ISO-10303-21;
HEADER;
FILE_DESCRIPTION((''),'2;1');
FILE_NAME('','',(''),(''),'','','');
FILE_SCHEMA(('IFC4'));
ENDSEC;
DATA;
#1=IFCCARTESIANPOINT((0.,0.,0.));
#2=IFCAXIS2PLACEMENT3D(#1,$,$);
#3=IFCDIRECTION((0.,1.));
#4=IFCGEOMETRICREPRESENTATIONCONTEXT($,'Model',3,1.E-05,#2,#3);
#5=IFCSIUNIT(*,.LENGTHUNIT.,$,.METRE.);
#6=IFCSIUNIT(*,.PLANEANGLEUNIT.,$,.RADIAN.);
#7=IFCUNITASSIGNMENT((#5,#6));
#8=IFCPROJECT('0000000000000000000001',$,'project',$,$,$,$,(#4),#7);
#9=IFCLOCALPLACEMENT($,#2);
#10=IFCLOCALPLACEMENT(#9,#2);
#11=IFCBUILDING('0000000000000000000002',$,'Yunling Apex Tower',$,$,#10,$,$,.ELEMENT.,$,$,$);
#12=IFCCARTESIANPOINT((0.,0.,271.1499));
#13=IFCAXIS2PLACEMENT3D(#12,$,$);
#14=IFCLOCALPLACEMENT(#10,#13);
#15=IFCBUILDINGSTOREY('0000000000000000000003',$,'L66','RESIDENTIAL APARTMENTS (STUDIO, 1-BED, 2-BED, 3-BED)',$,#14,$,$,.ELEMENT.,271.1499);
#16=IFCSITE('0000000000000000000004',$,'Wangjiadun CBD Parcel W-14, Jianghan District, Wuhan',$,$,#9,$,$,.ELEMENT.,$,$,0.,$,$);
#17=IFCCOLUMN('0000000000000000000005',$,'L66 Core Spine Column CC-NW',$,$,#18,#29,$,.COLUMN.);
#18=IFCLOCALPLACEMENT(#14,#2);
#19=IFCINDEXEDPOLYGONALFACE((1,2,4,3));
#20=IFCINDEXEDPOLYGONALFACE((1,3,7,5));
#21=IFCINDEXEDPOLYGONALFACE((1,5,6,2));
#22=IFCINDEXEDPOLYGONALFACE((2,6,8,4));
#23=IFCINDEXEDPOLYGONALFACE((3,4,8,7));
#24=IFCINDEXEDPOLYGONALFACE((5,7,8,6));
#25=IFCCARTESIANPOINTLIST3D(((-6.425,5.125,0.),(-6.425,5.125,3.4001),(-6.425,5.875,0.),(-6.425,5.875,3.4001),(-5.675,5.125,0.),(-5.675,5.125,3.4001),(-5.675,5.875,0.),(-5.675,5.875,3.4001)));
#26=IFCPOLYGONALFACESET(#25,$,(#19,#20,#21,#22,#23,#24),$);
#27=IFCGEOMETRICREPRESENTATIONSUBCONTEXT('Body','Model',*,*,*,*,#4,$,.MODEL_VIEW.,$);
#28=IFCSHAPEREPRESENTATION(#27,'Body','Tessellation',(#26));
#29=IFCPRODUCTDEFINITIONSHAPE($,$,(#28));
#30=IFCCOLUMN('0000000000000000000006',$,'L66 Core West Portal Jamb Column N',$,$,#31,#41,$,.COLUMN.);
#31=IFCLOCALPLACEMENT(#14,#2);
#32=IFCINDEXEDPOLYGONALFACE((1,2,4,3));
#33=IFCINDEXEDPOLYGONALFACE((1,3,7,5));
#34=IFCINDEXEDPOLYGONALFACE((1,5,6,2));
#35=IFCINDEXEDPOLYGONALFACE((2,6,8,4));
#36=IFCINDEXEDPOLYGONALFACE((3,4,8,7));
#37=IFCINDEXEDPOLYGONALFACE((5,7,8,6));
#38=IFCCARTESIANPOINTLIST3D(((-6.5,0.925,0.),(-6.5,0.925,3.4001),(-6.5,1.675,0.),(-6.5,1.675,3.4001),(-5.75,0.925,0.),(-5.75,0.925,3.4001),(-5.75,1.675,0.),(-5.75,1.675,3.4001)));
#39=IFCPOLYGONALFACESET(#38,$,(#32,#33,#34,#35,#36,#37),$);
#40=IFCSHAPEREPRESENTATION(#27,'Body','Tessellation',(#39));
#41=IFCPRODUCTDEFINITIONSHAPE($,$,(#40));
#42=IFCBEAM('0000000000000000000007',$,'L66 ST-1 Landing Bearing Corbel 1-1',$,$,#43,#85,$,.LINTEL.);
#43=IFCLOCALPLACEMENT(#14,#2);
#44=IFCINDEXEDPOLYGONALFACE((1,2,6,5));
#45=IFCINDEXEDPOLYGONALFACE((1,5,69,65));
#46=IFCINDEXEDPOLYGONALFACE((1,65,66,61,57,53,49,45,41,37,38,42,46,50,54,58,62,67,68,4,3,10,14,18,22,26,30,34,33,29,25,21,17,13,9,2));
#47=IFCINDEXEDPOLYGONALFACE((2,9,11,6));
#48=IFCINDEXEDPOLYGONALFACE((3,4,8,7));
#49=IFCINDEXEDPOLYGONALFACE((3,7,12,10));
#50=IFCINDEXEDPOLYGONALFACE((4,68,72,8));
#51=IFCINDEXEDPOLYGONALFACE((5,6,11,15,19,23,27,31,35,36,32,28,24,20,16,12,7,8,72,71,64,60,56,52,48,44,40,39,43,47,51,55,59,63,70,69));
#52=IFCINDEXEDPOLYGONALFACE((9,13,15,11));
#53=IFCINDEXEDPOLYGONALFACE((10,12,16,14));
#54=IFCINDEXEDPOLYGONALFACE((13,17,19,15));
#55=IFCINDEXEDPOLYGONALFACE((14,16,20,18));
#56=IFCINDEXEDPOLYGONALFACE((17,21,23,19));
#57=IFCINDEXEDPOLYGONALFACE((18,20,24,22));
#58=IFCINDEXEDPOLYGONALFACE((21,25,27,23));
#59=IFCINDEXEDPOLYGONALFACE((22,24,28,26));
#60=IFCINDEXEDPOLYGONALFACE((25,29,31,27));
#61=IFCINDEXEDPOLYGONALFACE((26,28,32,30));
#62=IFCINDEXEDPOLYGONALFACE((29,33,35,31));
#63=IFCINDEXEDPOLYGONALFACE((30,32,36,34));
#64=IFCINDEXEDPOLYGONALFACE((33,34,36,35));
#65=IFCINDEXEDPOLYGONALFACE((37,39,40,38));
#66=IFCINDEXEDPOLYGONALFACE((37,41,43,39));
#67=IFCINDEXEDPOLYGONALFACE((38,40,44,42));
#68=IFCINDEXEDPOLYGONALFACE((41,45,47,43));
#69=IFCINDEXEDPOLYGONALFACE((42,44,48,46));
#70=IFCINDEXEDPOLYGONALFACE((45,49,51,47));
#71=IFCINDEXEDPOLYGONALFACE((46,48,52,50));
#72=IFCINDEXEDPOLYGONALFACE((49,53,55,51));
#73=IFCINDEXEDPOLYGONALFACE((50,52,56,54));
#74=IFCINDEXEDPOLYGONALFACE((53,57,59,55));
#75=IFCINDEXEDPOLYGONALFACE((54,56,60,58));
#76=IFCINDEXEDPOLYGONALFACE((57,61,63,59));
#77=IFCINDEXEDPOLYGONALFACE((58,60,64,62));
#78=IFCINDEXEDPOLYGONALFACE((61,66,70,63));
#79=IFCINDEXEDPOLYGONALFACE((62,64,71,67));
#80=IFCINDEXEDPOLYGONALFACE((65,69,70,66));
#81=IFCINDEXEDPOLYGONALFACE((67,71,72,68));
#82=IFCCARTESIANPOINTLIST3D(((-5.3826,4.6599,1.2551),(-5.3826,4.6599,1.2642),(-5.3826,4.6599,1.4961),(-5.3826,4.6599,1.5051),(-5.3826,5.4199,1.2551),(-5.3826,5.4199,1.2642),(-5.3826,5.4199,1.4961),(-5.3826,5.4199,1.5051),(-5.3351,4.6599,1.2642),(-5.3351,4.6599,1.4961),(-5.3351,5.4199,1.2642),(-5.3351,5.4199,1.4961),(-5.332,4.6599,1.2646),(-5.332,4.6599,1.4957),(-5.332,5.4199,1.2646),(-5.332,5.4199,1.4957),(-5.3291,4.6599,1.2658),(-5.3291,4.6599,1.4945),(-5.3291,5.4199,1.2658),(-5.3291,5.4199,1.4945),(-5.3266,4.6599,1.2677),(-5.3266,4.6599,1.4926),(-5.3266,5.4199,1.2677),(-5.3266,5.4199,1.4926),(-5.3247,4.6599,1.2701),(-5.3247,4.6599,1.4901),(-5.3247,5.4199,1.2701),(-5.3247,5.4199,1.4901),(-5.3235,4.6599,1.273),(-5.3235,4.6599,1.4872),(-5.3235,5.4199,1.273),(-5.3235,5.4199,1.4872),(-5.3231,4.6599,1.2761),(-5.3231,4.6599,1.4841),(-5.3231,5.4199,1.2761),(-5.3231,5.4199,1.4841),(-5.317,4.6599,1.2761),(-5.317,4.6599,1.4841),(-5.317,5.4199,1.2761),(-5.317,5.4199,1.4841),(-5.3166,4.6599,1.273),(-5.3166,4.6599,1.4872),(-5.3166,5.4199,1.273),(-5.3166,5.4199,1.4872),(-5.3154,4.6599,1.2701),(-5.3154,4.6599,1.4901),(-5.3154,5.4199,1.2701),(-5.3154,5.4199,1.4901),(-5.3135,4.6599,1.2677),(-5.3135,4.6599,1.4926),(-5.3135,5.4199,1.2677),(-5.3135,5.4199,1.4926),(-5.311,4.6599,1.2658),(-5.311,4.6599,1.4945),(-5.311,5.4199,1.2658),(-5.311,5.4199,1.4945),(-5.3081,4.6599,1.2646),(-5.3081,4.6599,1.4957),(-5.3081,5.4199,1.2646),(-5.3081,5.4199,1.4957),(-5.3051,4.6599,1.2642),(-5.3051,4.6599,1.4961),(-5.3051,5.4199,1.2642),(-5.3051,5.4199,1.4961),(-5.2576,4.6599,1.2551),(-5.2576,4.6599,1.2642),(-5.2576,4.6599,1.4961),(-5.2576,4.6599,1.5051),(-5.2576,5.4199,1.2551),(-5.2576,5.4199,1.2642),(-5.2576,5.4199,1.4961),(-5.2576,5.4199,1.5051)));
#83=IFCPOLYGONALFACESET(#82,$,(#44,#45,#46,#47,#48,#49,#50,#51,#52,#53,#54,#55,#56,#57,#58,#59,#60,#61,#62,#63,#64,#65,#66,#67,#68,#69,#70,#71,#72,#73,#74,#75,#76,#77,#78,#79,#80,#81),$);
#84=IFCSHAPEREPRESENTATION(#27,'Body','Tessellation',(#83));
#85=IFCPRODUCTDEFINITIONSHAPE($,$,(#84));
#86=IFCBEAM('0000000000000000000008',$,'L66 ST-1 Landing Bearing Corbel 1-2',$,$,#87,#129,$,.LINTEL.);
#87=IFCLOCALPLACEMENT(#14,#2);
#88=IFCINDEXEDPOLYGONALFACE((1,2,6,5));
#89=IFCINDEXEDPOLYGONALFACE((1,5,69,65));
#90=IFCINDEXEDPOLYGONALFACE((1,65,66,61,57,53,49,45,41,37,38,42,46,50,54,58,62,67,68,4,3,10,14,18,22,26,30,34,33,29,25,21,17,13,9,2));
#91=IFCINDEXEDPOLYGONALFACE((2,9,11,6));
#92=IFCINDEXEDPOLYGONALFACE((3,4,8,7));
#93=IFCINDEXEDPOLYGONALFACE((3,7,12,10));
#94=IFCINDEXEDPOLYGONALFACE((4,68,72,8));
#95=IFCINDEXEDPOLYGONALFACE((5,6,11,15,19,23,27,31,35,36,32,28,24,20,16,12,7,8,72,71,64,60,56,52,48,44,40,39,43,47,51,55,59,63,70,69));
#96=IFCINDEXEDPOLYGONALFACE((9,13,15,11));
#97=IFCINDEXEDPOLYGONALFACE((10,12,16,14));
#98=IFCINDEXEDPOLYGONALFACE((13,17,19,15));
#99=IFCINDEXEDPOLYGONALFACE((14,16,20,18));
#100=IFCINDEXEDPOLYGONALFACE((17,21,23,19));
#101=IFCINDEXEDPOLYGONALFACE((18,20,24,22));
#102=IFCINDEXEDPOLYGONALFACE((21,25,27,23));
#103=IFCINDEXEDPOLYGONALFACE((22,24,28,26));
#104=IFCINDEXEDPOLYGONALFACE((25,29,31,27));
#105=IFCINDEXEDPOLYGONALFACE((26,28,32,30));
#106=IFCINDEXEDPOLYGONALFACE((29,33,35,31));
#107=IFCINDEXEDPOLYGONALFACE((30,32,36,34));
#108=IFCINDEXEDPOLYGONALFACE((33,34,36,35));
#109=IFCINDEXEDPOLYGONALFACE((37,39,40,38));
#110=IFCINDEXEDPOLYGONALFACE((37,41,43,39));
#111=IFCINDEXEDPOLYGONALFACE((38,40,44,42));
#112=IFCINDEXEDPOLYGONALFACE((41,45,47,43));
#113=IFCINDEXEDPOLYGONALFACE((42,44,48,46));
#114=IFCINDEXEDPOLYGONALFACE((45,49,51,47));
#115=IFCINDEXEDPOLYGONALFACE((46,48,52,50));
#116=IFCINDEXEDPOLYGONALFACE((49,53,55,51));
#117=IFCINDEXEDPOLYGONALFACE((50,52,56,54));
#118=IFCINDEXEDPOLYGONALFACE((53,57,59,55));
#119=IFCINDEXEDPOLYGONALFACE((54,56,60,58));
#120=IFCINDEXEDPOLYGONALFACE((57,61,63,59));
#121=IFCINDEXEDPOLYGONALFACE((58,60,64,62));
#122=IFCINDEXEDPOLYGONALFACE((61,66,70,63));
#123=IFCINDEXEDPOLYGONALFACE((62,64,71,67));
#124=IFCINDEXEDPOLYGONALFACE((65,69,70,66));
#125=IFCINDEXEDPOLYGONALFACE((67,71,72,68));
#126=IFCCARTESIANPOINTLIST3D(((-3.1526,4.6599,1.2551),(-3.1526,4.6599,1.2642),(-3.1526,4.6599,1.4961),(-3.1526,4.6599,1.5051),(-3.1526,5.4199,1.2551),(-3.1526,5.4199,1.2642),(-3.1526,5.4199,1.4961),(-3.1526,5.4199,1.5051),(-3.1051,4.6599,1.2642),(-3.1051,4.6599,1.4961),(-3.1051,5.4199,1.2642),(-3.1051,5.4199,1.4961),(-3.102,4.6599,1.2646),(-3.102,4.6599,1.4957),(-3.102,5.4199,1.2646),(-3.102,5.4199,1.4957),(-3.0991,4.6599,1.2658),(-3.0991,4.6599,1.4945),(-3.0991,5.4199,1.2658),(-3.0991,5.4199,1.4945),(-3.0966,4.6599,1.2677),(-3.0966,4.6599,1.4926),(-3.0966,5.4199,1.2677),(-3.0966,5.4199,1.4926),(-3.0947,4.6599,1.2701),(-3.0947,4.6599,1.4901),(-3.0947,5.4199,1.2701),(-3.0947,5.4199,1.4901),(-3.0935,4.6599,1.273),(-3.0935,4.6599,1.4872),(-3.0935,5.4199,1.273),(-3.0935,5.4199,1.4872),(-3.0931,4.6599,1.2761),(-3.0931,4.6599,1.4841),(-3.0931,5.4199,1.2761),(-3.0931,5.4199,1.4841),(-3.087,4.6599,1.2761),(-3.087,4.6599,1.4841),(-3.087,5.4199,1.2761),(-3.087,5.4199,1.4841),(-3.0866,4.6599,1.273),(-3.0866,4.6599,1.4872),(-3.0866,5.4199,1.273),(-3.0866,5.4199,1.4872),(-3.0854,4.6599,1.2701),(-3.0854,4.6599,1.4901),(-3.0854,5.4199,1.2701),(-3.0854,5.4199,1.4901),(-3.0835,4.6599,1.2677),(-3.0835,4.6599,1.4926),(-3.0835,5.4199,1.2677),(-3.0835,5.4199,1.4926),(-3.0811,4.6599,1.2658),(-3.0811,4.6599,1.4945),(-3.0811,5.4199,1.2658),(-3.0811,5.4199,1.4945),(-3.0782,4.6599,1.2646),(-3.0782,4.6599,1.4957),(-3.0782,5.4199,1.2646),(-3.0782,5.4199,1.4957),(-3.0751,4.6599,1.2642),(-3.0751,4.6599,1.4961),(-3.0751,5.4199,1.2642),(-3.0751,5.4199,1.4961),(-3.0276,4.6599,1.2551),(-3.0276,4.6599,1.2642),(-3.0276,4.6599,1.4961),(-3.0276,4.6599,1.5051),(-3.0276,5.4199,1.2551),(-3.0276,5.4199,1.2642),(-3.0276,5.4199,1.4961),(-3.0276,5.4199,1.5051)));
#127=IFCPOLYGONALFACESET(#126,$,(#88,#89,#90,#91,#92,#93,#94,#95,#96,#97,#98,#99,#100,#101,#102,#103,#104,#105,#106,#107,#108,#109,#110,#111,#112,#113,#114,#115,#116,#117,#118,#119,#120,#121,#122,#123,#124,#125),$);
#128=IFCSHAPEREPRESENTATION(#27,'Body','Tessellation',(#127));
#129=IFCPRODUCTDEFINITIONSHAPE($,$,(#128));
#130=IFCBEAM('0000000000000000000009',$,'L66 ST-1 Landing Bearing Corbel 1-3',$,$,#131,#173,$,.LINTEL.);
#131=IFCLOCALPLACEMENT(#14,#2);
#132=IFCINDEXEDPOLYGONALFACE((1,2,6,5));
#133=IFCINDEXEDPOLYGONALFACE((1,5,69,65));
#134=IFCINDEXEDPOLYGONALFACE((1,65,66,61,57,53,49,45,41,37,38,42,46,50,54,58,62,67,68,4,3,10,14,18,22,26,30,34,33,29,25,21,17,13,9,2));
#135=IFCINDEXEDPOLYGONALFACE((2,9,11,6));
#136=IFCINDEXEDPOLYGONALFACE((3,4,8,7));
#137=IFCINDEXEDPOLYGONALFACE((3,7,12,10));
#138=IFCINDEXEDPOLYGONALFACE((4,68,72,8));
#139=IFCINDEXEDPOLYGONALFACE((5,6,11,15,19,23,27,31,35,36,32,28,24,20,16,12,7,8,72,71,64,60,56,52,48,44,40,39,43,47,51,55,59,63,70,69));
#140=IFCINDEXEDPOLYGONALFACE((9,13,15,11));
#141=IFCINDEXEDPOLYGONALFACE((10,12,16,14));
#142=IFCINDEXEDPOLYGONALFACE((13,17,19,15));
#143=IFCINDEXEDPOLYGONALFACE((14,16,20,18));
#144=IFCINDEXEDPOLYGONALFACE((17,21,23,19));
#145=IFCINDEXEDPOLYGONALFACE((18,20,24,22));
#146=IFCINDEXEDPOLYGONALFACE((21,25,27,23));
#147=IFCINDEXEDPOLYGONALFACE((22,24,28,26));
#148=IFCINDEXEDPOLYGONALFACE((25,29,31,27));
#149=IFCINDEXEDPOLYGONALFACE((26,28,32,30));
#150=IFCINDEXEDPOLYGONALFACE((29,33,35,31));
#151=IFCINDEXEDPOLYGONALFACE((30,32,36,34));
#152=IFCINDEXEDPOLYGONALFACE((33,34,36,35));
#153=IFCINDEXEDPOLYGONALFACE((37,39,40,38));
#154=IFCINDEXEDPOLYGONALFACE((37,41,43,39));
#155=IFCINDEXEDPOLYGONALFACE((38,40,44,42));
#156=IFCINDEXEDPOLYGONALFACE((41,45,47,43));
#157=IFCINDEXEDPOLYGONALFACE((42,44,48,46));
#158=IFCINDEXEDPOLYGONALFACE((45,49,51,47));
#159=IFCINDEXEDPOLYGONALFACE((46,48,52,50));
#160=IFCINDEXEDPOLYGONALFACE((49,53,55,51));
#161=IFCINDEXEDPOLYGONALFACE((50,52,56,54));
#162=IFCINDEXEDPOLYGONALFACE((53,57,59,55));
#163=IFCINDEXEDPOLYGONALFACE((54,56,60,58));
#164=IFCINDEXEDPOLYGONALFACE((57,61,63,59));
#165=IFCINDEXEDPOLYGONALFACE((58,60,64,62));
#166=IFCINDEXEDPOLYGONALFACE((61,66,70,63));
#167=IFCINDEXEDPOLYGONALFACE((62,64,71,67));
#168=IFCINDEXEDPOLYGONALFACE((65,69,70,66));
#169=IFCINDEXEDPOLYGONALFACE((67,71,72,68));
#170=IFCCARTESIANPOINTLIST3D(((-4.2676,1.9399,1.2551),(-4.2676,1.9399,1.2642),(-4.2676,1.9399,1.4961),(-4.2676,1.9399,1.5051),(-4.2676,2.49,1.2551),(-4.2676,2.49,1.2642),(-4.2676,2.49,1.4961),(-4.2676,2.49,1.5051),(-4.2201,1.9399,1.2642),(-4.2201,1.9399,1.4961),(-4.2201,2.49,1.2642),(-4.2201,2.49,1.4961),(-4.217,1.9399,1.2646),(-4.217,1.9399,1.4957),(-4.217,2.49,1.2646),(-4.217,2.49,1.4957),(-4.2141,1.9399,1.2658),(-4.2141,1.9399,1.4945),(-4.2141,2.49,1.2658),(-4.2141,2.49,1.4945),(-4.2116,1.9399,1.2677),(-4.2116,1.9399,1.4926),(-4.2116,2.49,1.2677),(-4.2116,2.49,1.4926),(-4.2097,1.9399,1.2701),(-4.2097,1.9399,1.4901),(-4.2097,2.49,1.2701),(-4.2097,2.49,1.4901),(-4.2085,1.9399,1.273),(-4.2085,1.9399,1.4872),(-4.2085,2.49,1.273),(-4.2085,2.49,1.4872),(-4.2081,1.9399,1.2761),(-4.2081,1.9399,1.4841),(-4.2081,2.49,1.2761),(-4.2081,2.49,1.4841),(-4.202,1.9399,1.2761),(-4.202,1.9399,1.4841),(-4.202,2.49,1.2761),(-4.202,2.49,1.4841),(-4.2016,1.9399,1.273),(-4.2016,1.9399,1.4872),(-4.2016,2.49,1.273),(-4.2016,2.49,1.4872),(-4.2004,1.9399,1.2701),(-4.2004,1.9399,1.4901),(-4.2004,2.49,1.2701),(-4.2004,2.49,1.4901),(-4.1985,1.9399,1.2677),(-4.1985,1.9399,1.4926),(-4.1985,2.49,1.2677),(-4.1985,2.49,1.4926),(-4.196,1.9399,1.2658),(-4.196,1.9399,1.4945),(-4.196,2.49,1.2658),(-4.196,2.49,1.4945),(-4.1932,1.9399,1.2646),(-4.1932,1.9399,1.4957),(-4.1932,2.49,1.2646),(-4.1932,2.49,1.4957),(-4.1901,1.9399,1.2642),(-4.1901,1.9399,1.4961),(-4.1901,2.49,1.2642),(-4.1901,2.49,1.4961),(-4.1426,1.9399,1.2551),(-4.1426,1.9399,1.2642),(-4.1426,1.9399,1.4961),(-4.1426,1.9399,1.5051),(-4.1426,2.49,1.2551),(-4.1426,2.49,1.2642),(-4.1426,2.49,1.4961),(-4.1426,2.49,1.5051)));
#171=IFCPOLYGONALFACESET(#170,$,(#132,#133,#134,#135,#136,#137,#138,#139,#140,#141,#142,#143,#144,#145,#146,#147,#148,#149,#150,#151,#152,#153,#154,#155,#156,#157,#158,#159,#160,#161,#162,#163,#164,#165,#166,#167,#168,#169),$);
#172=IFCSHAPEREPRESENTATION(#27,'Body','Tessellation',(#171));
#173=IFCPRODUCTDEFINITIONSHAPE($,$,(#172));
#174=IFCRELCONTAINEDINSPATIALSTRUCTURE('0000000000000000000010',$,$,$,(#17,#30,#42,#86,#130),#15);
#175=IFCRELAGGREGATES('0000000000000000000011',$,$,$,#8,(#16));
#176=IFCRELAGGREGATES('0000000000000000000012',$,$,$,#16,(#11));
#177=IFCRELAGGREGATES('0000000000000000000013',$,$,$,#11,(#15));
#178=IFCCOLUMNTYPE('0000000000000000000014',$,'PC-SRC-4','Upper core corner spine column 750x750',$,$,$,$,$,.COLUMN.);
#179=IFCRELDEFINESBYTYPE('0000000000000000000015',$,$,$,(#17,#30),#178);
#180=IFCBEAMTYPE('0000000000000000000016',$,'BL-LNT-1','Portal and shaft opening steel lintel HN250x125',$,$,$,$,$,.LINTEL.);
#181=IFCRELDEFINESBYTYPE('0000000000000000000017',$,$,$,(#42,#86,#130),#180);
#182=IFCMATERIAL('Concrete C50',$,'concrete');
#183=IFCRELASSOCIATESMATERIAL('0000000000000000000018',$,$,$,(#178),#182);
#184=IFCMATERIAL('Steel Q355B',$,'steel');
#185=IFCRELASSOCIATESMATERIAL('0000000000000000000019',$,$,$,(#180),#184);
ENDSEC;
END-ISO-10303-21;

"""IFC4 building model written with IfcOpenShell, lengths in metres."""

from ifc_helpers import new_model, si_unit, direction, frame, origin, origin_2d, place, context, subcontext, project, spatial, rectangle, i_section, extrude, source, transform, mapped, material, material_profile, profile_set, type_object, element, save


model = new_model("IFC4")

# Units and contexts
model_context = context("Model", 3, precision=1e-05, world=origin(), true_north=direction((0.0, 1.0)))
body_context = subcontext(model_context, "Body", "Model", "MODEL_VIEW")
ifc_project = project(units=[si_unit("LENGTHUNIT", "METRE"), si_unit("PLANEANGLEUNIT", "RADIAN")], contexts=[model_context])

# Site, building, storey
site_placement = place(None, origin())
site = spatial("IfcSite", under=ifc_project, at=site_placement, Name="Wangjiadun CBD Parcel W-14, Jianghan District, Wuhan", CompositionType="ELEMENT", RefElevation=0.0)
building_placement = place(site_placement, origin())
building = spatial("IfcBuilding", under=site, at=building_placement, Name="Yunling Apex Tower", CompositionType="ELEMENT")
storey_placement = place(building_placement, frame((0.0, 0.0, 271.1499)))
storey = spatial("IfcBuildingStorey", under=building, at=storey_placement, Name="L66", Description="RESIDENTIAL APARTMENTS (STUDIO, 1-BED, 2-BED, 3-BED)", CompositionType="ELEMENT", Elevation=271.1499)

# Columns
ifc_material_1 = material(Name="Concrete C50", Category="concrete")
ifc_material_profile_1 = material_profile(ifc_material_1, rectangle(XDim=0.75, YDim=0.75, at=origin_2d()))
ifc_profile_set_1 = profile_set([ifc_material_profile_1], Name="Concrete C50")
column_type = type_object("IfcColumnType", Name="PC-SRC-4", Description="Upper core corner spine column 750x750", PredefinedType="COLUMN", material=ifc_profile_set_1)
shared_shape_1 = source(origin(), body_context, "Body", "SweptSolid", [
    extrude(rectangle(XDim=0.75, YDim=0.75, at=origin_2d()), origin(), (0.0, 0.0, 1.0), 3.4001),
])
for number, where, z_axis, x_axis, name in (
    (1, (-6.05, 5.5, 0.0), (0.0, 0.0, 1.0), (1.0, 0.0, 0.0), "L66 Core Spine Column CC-NW"),
    (2, (-6.125, 1.3, 0.0), (0.0, 0.0, 1.0), (1.0, 0.0, 0.0), "L66 Core West Portal Jamb Column N"),
):
    element("IfcColumn", number, at=place(storey_placement, frame(where, z_axis=z_axis, x_axis=x_axis)), inside=storey, type_object=column_type, Name=name, PredefinedType="COLUMN", context=body_context, shape_type="MappedRepresentation", body=[
        mapped(shared_shape_1, transform((0.0, 0.0, 0.0), scale=1.0)),
    ])

# Beams
ifc_material_2 = material(Name="Steel Q355B", Category="steel")
ifc_material_profile_2 = material_profile(ifc_material_2, i_section(OverallWidth=0.125, OverallDepth=0.25, WebThickness=0.0061, FlangeThickness=0.009, FilletRadius=0.012, at=origin_2d()))
ifc_profile_set_2 = profile_set([ifc_material_profile_2], Name="Steel Q355B")
beam_type_1 = type_object("IfcBeamType", Name="BL-LNT-1", Description="Portal and shaft opening steel lintel HN250x125", PredefinedType="LINTEL", material=ifc_profile_set_2)
shared_shape_2 = source(origin(), body_context, "Body", "SweptSolid", [
    extrude(i_section(OverallWidth=0.125, OverallDepth=0.25, WebThickness=0.0061, FlangeThickness=0.009, FilletRadius=0.012, at=origin_2d()), origin(), (0.0, 0.0, 1.0), 0.76),
])
for number, where, z_axis, x_axis, name in (
    (3, (-5.3201, 5.4199, 1.3801), (0.0, -1.0, 0.0), (1.0, 0.0, 0.0), "L66 ST-1 Landing Bearing Corbel 1-1"),
    (4, (-3.0901, 5.4199, 1.3801), (0.0, -1.0, 0.0), (1.0, 0.0, 0.0), "L66 ST-1 Landing Bearing Corbel 1-2"),
):
    element("IfcBeam", number, at=place(storey_placement, frame(where, z_axis=z_axis, x_axis=x_axis)), inside=storey, type_object=beam_type_1, Name=name, PredefinedType="LINTEL", context=body_context, shape_type="MappedRepresentation", body=[
        mapped(shared_shape_2, transform((0.0, 0.0, 0.0), scale=1.0)),
    ])
shared_shape_3 = source(origin(), body_context, "Body", "SweptSolid", [
    extrude(i_section(OverallWidth=0.125, OverallDepth=0.25, WebThickness=0.0061, FlangeThickness=0.009, FilletRadius=0.012, at=origin_2d()), origin(), (0.0, 0.0, 1.0), 0.55),
])
beam_1_placement = place(storey_placement, frame((-4.2051, 1.9399, 1.3801), z_axis=(0.0, 1.0, 0.0), x_axis=(-1.0, 0.0, 0.0)))
element("IfcBeam", 5, at=beam_1_placement, inside=storey, type_object=beam_type_1, Name="L66 ST-1 Landing Bearing Corbel 1-3", PredefinedType="LINTEL", context=body_context, shape_type="MappedRepresentation", body=[
    mapped(shared_shape_3, transform((0.0, 0.0, 0.0), scale=1.0)),
])

save(model, "model.ifc")
